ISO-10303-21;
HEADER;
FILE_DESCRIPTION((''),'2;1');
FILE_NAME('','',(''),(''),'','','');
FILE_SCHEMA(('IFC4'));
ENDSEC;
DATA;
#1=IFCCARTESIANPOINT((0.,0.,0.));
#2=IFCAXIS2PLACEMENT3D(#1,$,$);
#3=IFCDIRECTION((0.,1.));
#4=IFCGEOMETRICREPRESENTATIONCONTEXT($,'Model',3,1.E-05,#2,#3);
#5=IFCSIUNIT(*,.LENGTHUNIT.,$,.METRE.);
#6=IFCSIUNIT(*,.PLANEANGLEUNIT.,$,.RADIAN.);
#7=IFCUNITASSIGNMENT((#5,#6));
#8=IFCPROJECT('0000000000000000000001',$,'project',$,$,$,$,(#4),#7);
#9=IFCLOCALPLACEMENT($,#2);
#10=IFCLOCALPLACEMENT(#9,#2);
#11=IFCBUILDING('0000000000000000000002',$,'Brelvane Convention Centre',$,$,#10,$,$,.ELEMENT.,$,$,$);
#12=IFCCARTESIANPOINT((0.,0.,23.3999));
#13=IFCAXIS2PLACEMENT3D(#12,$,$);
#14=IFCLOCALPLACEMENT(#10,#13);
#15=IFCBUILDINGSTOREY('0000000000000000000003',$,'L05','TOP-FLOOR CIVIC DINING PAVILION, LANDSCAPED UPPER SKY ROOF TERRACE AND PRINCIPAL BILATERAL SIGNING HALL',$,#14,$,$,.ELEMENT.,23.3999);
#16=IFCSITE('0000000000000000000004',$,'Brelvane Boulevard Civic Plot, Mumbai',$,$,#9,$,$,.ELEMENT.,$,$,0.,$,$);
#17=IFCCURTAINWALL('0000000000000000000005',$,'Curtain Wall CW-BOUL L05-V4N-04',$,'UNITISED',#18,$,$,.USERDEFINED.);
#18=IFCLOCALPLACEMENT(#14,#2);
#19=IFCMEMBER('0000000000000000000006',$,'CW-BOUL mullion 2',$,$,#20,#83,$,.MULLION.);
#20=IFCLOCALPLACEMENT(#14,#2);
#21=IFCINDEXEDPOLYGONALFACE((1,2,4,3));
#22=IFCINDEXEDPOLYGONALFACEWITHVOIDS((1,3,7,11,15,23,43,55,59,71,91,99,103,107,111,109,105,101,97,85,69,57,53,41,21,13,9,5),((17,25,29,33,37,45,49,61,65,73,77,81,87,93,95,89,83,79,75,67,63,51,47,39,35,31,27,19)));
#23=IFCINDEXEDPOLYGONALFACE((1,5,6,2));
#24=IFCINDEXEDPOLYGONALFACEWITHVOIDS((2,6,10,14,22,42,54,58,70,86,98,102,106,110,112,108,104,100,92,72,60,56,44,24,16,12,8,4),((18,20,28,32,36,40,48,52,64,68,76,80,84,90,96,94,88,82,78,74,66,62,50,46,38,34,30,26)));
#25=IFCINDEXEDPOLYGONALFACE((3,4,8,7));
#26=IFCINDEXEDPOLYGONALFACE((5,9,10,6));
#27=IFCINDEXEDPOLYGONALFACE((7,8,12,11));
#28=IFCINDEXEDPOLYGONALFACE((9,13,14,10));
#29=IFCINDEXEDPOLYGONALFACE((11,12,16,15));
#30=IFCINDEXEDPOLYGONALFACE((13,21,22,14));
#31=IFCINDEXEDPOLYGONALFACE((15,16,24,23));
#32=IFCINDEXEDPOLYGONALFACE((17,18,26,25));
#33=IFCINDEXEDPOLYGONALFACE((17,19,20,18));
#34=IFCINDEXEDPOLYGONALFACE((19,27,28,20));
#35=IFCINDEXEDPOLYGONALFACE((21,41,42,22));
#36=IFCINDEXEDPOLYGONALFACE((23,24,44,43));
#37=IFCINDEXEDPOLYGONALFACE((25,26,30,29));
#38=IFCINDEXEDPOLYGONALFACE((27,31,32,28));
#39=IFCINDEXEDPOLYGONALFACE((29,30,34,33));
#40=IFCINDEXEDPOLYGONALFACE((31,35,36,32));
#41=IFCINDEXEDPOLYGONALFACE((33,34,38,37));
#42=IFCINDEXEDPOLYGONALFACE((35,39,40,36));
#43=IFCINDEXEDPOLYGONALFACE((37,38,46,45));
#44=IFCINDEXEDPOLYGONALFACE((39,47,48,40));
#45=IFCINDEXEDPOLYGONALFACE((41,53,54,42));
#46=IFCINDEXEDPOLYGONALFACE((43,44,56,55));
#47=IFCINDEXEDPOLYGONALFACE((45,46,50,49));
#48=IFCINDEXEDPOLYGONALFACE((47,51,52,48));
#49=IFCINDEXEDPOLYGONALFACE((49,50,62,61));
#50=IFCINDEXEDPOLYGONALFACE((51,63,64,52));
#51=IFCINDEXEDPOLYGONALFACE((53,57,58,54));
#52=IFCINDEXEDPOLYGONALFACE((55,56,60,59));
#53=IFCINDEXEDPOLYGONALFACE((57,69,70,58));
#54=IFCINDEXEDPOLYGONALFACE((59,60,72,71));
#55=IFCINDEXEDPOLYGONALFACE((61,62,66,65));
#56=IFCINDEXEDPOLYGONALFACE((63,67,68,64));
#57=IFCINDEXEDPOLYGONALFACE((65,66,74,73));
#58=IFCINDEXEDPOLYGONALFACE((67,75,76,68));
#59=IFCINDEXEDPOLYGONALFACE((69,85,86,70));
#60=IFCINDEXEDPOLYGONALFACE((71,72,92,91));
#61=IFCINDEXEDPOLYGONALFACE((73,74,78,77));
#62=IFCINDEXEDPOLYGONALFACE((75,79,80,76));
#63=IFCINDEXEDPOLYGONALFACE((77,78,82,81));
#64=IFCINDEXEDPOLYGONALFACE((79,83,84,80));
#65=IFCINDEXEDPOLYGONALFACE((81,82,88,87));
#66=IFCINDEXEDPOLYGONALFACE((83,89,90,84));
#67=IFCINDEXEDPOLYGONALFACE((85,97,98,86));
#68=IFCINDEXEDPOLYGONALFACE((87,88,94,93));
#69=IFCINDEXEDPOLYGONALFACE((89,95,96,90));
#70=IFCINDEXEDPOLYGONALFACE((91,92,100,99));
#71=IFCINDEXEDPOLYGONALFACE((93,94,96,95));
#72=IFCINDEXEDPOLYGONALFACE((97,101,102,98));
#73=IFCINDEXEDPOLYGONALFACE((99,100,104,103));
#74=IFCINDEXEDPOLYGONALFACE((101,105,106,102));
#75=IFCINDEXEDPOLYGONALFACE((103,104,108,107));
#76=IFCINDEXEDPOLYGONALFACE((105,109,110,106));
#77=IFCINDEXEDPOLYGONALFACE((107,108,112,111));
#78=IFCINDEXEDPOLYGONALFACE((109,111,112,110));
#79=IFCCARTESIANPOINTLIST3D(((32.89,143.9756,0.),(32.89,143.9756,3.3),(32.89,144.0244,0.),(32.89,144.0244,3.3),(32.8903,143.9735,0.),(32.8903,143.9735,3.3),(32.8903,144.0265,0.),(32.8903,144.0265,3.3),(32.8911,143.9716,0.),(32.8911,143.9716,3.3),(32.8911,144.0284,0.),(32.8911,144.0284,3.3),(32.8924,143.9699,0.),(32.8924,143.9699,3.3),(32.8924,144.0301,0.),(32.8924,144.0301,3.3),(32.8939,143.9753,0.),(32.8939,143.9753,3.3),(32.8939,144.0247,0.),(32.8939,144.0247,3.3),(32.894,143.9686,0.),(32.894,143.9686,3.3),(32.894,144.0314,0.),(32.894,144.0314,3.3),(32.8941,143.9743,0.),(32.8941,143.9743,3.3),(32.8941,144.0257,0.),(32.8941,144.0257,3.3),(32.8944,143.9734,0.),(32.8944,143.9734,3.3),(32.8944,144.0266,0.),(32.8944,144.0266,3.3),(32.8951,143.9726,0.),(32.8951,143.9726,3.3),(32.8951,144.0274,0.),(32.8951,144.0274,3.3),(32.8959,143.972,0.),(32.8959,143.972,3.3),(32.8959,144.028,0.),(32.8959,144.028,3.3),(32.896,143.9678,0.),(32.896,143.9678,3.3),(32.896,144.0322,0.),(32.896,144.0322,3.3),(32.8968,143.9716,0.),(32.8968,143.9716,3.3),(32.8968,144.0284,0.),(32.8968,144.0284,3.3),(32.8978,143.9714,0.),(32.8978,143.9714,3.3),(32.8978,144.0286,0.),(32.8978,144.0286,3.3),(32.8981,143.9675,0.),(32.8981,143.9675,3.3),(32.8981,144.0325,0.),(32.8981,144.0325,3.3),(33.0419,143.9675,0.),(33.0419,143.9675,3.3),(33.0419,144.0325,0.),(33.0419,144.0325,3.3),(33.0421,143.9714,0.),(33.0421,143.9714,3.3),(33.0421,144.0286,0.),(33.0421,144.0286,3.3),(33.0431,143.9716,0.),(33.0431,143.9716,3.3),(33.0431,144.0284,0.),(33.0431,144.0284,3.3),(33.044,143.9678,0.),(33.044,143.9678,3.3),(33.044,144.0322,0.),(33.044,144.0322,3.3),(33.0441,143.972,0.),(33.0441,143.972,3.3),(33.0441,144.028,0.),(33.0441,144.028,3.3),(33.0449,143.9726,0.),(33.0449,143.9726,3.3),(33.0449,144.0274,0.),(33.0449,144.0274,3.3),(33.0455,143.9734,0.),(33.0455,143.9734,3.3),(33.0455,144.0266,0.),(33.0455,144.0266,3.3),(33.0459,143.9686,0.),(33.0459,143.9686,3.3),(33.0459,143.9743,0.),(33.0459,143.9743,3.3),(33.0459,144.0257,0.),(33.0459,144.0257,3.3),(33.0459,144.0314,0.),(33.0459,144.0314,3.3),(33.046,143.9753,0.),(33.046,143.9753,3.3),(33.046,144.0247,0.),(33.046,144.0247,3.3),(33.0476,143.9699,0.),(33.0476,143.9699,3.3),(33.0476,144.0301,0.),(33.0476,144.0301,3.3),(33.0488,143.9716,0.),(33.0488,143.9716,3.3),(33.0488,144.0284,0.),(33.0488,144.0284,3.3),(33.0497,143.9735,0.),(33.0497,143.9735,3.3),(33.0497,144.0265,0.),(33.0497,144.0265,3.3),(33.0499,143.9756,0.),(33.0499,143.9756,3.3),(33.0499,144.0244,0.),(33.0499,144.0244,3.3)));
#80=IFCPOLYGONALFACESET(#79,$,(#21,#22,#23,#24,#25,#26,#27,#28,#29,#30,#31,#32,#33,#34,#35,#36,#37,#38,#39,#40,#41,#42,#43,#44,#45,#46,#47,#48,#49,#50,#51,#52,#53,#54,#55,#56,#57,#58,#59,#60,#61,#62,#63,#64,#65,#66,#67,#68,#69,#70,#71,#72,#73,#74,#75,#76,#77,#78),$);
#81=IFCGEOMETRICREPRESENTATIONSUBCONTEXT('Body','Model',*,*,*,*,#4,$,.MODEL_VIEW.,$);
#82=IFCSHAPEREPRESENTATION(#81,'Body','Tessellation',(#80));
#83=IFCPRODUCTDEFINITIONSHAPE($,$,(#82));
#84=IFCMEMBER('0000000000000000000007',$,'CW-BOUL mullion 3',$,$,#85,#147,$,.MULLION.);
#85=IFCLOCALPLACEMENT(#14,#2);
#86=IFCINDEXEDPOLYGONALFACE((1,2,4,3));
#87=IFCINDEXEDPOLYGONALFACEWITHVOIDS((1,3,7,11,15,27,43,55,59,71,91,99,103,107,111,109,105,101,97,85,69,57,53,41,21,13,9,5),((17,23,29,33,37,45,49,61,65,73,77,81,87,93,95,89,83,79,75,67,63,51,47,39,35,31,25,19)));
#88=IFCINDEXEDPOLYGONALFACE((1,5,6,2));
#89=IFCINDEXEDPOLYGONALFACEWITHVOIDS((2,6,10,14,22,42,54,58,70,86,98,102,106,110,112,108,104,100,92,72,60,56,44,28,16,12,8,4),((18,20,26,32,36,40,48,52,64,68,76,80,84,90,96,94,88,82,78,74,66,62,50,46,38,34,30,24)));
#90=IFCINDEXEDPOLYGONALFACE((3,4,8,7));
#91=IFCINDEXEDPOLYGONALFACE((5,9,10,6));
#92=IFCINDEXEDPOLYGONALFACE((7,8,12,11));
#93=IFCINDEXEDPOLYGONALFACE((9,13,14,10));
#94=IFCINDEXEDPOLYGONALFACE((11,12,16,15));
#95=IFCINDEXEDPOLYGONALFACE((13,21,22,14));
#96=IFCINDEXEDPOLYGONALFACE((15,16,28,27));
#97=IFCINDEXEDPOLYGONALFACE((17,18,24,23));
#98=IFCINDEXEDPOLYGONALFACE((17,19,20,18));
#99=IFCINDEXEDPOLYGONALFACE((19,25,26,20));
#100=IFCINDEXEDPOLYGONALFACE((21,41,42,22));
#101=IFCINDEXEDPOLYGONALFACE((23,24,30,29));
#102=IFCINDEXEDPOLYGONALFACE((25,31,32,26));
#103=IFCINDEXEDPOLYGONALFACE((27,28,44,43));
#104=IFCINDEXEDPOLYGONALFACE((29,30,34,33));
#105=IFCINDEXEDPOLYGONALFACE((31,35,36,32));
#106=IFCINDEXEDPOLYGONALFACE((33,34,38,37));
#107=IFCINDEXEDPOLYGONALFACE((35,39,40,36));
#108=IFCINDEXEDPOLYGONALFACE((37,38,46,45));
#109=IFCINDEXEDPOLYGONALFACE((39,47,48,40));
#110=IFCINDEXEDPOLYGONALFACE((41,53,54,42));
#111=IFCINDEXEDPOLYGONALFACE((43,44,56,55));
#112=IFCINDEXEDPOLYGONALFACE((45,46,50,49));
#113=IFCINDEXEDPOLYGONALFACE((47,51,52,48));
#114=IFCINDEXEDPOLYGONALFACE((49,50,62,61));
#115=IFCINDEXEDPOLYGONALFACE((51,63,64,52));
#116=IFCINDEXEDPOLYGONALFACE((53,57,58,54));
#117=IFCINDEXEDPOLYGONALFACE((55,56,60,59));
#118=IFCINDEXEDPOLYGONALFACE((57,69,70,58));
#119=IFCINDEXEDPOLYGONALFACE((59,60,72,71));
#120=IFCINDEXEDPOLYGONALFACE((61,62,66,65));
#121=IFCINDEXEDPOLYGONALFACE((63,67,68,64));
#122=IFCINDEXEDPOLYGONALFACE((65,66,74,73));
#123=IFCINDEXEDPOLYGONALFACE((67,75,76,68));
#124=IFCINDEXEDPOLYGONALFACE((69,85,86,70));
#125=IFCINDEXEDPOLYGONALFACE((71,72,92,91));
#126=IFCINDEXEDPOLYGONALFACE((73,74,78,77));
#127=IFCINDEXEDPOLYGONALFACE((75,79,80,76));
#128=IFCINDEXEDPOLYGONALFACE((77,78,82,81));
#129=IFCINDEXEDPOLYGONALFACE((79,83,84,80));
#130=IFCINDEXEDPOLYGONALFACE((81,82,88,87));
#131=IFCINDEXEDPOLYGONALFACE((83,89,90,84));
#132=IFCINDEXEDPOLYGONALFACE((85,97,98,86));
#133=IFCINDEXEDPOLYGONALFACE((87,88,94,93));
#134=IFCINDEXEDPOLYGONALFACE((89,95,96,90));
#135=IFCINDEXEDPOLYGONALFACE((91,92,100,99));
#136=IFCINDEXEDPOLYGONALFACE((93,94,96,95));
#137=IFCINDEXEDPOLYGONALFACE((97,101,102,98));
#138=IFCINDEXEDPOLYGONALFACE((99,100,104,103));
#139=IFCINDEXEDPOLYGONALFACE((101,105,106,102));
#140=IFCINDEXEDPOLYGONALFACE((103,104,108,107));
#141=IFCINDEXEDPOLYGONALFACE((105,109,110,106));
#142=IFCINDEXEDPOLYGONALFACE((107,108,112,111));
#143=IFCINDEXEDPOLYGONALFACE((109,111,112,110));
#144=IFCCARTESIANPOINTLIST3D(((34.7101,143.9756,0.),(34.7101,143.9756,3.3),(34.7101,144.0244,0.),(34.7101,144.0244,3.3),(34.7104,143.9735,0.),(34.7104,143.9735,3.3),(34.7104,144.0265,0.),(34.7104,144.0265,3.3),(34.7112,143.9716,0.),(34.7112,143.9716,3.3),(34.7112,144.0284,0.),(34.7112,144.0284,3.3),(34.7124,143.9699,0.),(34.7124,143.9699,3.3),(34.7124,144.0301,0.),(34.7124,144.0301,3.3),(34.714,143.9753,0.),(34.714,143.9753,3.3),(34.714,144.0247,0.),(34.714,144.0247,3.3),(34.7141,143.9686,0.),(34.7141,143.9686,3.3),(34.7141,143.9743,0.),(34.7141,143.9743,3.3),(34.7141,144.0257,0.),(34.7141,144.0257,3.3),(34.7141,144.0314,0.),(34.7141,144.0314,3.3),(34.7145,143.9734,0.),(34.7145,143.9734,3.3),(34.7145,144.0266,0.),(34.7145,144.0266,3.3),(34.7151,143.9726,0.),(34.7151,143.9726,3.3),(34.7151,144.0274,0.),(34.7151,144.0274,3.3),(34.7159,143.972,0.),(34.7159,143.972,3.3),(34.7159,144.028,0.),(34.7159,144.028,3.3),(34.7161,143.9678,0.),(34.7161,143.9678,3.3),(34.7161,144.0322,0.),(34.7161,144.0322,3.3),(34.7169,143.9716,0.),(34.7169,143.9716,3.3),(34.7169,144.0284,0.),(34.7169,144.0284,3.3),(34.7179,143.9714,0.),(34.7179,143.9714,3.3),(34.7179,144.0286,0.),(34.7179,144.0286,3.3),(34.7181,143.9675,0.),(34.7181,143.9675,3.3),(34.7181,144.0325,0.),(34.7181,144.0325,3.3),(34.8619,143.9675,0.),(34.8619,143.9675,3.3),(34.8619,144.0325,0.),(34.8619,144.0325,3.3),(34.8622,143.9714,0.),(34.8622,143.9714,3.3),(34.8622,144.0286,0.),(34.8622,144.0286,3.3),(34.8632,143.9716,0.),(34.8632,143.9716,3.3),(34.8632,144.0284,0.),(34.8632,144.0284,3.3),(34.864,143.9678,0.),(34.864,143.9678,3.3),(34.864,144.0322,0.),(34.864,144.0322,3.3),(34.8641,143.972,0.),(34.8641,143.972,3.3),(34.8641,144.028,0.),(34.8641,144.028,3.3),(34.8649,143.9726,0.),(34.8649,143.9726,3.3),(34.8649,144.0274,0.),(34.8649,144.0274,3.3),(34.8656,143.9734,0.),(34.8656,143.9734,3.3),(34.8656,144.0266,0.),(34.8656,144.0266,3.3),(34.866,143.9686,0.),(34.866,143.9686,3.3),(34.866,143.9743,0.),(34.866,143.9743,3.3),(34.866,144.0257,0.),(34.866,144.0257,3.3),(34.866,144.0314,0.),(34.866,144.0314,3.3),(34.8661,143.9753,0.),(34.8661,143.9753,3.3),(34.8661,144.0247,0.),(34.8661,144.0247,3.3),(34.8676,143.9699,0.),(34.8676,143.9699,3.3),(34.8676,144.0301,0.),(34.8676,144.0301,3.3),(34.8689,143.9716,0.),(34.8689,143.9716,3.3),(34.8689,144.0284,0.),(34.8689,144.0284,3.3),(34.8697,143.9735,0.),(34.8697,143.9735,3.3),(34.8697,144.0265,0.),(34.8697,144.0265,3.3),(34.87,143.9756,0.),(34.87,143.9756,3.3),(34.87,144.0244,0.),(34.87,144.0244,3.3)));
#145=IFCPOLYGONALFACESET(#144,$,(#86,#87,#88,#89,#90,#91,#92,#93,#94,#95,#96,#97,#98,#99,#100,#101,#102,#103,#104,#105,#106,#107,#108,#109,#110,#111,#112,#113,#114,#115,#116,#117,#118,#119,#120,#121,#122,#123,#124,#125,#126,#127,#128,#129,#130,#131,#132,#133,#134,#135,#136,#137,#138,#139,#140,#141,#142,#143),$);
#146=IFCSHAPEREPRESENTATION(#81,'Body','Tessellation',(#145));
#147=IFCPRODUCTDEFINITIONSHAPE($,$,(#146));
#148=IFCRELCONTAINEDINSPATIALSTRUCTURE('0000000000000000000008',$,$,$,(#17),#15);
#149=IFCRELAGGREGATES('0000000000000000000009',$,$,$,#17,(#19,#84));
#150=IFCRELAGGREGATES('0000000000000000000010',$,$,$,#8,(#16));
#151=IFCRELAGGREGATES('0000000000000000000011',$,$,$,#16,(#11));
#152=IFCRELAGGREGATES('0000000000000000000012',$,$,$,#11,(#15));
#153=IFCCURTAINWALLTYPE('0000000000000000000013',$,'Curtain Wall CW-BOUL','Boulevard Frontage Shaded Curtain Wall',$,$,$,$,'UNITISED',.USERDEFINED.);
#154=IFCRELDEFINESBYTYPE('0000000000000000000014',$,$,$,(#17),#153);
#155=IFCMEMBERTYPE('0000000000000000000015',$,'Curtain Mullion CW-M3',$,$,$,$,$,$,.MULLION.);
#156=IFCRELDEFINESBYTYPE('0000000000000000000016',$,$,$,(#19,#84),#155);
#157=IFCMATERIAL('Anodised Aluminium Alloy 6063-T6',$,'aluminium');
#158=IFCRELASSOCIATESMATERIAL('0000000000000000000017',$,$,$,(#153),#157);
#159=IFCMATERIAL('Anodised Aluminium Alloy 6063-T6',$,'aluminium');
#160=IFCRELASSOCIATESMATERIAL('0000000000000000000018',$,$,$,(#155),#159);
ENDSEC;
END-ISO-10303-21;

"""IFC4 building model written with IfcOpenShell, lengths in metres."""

from ifc_helpers import new_model, si_unit, direction, frame, origin, origin_2d, place, context, subcontext, project, spatial, hollow_rectangle, extrude, material, material_profile, profile_set, type_object, element, aggregate, save


model = new_model("IFC4")

# Units and contexts
model_context = context("Model", 3, precision=1e-05, world=origin(), true_north=direction((0.0, 1.0)))
body_context = subcontext(model_context, "Body", "Model", "MODEL_VIEW")
ifc_project = project(units=[si_unit("LENGTHUNIT", "METRE"), si_unit("PLANEANGLEUNIT", "RADIAN")], contexts=[model_context])

# Site, building, storey
site_placement = place(None, origin())
site = spatial("IfcSite", under=ifc_project, at=site_placement, Name="Brelvane Boulevard Civic Plot, Mumbai", CompositionType="ELEMENT", RefElevation=0.0)
building_placement = place(site_placement, origin())
building = spatial("IfcBuilding", under=site, at=building_placement, Name="Brelvane Convention Centre", CompositionType="ELEMENT")
storey_placement = place(building_placement, frame((0.0, 0.0, 23.3999)))
storey = spatial("IfcBuildingStorey", under=building, at=storey_placement, Name="L05", Description="TOP-FLOOR CIVIC DINING PAVILION, LANDSCAPED UPPER SKY ROOF TERRACE AND PRINCIPAL BILATERAL SIGNING HALL", CompositionType="ELEMENT", Elevation=23.3999)

# Curtain wall, members
ifc_material_1 = material(Name="Anodised Aluminium Alloy 6063-T6", Category="aluminium")
curtain_wall_type = type_object("IfcCurtainWallType", Name="Curtain Wall CW-BOUL", Description="Boulevard Frontage Shaded Curtain Wall", ElementType="UNITISED", PredefinedType="USERDEFINED", material=ifc_material_1)
curtain_wall_placement = place(storey_placement, origin())
curtain_wall = element("IfcCurtainWall", 1, at=curtain_wall_placement, inside=storey, type_object=curtain_wall_type, Name="Curtain Wall CW-BOUL L05-V4N-04", ObjectType="UNITISED", PredefinedType="USERDEFINED")
ifc_material_2 = material(Name="Anodised Aluminium Alloy 6063-T6", Category="aluminium")
ifc_material_profile_1 = material_profile(ifc_material_2, hollow_rectangle(XDim=0.0649, YDim=0.1599, WallThickness=0.0039, InnerFilletRadius=0.0039, OuterFilletRadius=0.0081, at=origin_2d()), Name="ALU-M 160x65x4.0")
ifc_profile_set_1 = profile_set([ifc_material_profile_1], Name="Anodised Aluminium Alloy 6063-T6")
member_type_1 = type_object("IfcMemberType", Name="Curtain Mullion CW-M3", PredefinedType="MULLION", material=ifc_profile_set_1)
member_1_placement = place(storey_placement, frame((32.97, 144.0, 0.0), z_axis=(0.0, 0.0, 1.0), x_axis=(0.0, 1.0, 0.0)))
member_1 = element("IfcMember", 2, at=member_1_placement, type_object=member_type_1, Name="CW-BOUL mullion 2", PredefinedType="MULLION", context=body_context, shape_type="SweptSolid", body=[
    extrude(hollow_rectangle(XDim=0.0649, YDim=0.1599, WallThickness=0.0039, InnerFilletRadius=0.0039, OuterFilletRadius=0.0081, at=origin_2d()), origin(), (0.0, 0.0, 1.0), 3.3),
])
member_2_placement = place(storey_placement, frame((34.79, 144.0, 0.0), z_axis=(0.0, 0.0, 1.0), x_axis=(0.0, 1.0, 0.0)))
member_2 = element("IfcMember", 3, at=member_2_placement, type_object=member_type_1, Name="CW-BOUL mullion 3", PredefinedType="MULLION", context=body_context, shape_type="SweptSolid", body=[
    extrude(hollow_rectangle(XDim=0.0649, YDim=0.1599, WallThickness=0.0039, InnerFilletRadius=0.0039, OuterFilletRadius=0.0081, at=origin_2d()), origin(), (0.0, 0.0, 1.0), 3.3),
])
aggregate(curtain_wall, [member_1, member_2])

save(model, "model.ifc")
